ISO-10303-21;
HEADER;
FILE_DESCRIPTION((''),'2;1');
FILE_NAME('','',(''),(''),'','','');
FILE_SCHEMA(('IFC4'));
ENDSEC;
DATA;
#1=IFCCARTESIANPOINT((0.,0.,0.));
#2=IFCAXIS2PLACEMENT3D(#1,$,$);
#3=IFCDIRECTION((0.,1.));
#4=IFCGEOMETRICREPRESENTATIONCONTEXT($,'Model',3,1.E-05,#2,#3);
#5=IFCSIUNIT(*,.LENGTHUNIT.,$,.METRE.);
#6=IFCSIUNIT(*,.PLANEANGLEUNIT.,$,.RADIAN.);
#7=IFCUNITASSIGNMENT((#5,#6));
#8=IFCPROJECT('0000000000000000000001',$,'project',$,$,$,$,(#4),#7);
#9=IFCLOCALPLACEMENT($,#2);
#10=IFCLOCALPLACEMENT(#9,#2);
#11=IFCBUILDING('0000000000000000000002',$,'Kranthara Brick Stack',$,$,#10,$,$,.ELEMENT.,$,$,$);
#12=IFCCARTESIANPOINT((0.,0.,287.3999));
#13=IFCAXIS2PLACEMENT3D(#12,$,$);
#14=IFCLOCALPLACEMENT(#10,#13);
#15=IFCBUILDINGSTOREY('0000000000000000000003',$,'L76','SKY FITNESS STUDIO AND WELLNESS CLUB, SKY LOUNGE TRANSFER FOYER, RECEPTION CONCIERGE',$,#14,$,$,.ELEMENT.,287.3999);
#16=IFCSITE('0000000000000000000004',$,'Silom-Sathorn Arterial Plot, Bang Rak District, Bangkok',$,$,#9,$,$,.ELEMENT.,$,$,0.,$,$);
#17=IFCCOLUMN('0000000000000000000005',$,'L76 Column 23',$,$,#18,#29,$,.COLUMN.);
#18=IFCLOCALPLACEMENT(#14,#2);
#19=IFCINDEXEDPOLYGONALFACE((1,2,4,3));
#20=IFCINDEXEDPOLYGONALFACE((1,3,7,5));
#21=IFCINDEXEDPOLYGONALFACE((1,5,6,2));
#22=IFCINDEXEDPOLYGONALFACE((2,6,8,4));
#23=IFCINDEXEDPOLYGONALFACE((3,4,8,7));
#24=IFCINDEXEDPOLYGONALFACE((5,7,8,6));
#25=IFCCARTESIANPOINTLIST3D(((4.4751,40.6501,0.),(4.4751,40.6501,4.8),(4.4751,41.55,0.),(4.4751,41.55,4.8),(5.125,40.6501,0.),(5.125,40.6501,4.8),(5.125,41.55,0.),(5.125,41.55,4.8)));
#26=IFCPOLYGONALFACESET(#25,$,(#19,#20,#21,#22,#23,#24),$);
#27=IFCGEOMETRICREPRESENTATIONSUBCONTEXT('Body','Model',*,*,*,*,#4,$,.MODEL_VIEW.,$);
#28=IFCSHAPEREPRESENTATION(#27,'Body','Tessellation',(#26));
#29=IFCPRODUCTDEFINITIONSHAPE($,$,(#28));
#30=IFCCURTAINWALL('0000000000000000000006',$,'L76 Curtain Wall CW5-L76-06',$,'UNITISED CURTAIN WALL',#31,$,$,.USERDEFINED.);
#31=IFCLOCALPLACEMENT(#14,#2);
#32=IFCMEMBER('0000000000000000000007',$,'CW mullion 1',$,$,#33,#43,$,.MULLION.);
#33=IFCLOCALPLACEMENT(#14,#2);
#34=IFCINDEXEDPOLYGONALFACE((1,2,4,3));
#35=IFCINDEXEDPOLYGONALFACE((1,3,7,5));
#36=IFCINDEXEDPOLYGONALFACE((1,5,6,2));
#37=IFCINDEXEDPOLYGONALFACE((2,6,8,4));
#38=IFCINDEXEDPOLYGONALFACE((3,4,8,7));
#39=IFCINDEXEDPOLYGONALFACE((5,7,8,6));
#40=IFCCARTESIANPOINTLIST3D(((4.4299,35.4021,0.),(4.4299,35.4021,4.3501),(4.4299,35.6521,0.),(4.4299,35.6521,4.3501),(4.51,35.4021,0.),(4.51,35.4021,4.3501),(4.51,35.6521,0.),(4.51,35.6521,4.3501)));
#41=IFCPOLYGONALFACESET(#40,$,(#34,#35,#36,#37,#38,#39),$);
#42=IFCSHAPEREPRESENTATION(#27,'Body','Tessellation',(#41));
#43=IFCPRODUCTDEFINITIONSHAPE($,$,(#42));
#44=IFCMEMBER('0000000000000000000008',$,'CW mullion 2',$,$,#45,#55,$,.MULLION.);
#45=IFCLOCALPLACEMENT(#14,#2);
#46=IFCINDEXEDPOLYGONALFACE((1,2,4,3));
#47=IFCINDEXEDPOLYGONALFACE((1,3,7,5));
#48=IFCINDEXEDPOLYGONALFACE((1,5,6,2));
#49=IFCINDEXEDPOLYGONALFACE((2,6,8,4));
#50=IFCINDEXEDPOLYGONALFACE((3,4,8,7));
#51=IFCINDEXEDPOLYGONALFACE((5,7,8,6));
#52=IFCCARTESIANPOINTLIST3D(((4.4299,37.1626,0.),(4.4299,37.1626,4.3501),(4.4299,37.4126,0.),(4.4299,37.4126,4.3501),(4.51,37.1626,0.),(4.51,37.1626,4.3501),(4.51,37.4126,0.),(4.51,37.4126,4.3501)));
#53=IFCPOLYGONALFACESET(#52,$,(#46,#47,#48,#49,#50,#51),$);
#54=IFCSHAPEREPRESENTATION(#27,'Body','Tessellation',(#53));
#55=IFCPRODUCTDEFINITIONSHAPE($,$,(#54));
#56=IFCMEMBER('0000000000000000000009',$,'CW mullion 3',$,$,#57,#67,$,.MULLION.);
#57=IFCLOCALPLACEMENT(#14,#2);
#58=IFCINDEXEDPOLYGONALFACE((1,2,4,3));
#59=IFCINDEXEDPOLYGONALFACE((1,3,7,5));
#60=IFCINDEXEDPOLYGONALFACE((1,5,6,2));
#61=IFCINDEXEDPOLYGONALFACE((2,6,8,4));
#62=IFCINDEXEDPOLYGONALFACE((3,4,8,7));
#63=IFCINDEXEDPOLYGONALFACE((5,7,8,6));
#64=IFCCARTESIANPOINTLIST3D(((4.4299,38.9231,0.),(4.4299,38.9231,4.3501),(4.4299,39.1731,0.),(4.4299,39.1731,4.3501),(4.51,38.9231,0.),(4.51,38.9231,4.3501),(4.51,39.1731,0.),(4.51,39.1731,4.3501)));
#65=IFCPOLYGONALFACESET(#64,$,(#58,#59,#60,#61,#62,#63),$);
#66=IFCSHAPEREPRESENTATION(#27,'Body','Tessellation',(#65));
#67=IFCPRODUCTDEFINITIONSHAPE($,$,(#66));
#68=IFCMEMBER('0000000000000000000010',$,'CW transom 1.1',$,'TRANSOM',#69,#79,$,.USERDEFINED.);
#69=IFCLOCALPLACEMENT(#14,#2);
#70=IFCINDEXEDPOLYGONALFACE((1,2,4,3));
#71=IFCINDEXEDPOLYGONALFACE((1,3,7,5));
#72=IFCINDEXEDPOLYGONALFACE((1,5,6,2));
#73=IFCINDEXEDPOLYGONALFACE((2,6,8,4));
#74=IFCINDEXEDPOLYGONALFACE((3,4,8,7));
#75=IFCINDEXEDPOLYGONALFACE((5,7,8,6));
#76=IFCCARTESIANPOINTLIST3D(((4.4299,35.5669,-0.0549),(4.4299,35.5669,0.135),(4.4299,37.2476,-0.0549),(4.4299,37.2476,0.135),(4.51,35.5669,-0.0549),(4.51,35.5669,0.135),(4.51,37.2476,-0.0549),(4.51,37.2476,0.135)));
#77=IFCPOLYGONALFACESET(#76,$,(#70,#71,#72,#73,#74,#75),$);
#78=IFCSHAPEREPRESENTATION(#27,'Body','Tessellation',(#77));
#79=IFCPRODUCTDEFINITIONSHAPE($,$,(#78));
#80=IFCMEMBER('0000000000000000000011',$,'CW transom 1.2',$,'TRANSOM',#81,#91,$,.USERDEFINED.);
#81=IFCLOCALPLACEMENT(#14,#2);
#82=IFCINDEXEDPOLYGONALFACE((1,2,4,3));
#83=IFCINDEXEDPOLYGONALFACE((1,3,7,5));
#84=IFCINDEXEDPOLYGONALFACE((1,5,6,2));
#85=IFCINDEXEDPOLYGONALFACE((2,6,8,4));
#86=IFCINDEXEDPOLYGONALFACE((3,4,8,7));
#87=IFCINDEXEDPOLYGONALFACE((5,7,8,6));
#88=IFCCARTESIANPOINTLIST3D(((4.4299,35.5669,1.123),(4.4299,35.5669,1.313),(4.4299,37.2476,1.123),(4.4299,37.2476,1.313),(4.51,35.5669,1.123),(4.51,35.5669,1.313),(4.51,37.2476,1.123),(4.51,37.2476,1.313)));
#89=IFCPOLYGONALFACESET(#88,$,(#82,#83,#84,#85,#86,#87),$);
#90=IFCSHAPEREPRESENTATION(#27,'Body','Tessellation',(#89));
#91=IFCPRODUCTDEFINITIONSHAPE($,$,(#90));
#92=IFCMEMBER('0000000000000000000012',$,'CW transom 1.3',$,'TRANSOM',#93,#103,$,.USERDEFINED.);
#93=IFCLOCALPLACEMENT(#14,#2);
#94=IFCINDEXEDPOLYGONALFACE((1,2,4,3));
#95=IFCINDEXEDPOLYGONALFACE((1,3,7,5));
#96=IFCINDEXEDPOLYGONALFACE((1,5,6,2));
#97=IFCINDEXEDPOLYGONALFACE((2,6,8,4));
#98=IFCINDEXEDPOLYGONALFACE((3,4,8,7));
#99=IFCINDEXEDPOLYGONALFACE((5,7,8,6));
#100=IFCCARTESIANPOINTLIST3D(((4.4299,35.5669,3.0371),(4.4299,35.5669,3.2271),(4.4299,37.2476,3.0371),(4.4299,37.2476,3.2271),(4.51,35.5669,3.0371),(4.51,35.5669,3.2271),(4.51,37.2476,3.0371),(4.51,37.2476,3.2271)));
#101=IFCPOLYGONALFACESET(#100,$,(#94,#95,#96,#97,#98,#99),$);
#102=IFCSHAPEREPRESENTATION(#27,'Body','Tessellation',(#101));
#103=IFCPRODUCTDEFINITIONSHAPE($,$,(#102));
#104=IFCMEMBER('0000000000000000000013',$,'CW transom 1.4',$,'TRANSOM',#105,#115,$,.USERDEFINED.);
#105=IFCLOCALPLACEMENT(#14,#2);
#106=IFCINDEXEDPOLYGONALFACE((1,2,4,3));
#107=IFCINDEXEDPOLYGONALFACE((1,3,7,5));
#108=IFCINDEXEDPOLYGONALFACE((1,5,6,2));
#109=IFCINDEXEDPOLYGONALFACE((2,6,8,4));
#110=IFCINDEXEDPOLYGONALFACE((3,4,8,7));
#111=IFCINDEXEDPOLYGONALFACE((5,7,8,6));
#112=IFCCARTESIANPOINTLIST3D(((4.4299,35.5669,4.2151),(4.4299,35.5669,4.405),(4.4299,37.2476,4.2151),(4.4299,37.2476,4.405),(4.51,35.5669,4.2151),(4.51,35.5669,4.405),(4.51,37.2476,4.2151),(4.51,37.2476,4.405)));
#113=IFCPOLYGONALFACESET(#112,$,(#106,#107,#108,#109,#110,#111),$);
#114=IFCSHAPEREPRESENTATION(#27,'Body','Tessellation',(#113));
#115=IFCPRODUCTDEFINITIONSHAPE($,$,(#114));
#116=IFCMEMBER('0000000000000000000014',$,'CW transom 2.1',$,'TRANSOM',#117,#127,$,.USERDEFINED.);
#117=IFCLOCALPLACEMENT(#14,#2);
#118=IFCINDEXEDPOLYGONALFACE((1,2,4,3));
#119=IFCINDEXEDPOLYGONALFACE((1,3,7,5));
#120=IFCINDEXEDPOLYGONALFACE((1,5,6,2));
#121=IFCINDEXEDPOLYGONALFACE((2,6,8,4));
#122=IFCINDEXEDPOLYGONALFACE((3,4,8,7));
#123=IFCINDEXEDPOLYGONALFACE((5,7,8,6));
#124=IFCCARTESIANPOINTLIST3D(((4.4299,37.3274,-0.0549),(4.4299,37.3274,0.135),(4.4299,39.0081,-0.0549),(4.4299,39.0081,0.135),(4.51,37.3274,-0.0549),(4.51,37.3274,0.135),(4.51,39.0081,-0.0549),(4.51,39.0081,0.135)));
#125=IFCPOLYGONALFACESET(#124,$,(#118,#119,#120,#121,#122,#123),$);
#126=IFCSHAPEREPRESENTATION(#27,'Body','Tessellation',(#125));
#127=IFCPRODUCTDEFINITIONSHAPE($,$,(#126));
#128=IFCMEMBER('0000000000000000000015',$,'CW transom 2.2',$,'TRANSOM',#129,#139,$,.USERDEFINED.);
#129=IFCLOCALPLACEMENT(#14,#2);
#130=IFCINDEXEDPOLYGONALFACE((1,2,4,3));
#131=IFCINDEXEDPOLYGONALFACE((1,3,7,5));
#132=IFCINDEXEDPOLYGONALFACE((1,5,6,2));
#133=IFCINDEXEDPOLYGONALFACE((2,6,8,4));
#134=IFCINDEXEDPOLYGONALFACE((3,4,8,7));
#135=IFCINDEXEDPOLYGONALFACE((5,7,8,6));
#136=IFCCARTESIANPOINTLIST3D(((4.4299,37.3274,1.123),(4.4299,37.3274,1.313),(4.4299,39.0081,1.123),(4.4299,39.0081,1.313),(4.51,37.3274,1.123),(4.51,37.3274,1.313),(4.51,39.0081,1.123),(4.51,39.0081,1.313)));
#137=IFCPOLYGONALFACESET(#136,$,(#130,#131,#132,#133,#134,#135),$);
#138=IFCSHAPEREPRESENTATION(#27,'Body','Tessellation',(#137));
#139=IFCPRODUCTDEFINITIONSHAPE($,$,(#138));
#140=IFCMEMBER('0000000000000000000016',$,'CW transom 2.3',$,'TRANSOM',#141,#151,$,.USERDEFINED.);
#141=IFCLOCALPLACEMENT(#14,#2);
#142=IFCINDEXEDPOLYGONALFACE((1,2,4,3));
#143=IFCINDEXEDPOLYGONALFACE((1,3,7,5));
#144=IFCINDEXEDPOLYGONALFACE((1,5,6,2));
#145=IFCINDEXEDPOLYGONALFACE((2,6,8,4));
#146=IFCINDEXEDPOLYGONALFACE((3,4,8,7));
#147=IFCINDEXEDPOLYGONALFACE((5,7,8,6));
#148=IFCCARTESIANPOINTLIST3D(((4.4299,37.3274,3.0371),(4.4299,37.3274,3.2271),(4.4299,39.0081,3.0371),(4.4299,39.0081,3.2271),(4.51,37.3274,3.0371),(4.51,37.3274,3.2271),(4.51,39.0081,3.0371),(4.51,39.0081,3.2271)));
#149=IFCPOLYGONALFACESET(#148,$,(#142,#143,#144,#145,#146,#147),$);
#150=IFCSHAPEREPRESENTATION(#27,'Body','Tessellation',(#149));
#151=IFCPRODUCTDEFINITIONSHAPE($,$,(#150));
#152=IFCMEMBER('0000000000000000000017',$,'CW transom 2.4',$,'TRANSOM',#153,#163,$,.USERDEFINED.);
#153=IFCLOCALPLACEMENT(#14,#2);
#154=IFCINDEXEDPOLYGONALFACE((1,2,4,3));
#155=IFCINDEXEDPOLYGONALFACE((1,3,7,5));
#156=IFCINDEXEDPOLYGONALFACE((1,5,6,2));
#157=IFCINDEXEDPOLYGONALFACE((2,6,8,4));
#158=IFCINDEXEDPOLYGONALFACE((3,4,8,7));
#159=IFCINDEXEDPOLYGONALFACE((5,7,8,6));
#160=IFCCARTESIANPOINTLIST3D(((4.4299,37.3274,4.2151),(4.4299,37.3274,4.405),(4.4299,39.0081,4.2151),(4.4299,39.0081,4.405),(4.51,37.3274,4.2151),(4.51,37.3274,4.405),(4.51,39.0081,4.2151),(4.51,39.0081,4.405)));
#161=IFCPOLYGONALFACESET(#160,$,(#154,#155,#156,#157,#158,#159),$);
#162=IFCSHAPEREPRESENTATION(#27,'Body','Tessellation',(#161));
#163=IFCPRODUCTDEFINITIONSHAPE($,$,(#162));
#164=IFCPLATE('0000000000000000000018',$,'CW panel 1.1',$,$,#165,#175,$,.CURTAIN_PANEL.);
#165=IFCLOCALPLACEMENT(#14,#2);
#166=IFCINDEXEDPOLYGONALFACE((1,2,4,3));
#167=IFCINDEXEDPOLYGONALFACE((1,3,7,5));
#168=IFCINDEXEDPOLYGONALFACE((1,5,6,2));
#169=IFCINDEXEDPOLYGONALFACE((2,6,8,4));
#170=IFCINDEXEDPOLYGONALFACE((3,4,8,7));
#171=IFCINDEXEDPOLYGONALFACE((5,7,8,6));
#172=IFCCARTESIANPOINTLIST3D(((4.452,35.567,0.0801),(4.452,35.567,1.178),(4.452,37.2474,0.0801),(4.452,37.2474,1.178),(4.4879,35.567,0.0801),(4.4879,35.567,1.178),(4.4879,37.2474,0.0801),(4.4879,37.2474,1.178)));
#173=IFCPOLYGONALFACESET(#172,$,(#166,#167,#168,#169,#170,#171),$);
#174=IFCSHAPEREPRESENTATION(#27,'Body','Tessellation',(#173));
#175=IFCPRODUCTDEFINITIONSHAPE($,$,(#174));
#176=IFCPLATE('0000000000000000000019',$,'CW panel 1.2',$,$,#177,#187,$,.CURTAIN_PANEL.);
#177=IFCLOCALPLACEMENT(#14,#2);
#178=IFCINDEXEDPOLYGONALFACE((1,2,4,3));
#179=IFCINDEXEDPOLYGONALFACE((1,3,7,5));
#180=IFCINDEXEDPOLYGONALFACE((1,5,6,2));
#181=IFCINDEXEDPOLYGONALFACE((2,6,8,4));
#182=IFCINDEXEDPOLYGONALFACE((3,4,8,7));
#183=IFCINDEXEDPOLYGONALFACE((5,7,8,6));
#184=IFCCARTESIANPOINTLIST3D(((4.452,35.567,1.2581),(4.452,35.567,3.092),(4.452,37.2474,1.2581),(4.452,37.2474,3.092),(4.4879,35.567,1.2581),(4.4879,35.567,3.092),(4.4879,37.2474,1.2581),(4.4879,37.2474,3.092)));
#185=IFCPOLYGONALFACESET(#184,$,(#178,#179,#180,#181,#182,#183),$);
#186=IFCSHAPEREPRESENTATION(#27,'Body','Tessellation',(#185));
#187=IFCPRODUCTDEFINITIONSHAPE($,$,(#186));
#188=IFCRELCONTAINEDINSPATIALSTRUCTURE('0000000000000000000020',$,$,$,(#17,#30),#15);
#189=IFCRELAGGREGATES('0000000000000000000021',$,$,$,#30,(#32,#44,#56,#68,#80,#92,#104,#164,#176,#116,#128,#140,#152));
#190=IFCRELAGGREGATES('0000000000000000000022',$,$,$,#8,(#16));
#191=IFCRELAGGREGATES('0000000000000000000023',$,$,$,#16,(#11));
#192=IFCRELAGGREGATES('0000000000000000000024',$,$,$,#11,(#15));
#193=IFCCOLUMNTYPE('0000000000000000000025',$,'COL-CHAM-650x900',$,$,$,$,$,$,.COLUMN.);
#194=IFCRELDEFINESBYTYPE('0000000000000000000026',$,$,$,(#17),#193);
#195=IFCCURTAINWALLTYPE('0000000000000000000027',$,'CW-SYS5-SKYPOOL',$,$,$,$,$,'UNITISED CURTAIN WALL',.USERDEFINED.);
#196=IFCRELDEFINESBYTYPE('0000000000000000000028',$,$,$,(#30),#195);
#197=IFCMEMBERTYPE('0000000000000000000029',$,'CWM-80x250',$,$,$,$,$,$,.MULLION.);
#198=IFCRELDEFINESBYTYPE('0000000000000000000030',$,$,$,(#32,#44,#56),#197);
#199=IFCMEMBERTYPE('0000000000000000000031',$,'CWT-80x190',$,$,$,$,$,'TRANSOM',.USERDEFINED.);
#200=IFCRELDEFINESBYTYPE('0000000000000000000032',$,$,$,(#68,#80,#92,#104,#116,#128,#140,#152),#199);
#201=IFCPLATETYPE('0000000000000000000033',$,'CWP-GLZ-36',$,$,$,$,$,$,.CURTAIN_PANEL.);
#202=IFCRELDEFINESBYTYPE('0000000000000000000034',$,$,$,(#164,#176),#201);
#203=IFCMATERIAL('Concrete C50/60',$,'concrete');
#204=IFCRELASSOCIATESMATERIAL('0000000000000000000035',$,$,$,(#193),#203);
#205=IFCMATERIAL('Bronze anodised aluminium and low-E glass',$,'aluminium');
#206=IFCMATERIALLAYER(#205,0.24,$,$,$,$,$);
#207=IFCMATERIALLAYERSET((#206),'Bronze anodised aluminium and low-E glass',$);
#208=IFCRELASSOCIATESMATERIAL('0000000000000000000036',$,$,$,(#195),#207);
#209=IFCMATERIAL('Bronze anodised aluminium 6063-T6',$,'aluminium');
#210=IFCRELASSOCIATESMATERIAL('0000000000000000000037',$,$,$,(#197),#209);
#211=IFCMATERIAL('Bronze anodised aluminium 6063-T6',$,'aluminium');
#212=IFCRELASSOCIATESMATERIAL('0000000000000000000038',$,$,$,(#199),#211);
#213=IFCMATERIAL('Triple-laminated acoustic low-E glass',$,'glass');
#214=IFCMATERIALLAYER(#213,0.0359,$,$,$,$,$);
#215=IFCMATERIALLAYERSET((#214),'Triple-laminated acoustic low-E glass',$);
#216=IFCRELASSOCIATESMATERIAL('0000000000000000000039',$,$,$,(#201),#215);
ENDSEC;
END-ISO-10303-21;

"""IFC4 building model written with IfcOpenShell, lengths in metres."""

from ifc_helpers import new_model, si_unit, direction, frame, origin, origin_2d, place, context, subcontext, project, spatial, rectangle, extrude, material, layer, layer_set, material_profile, profile_set, type_object, element, aggregate, save


model = new_model("IFC4")

# Units and contexts
model_context = context("Model", 3, precision=1e-05, world=origin(), true_north=direction((0.0, 1.0)))
body_context = subcontext(model_context, "Body", "Model", "MODEL_VIEW")
ifc_project = project(units=[si_unit("LENGTHUNIT", "METRE"), si_unit("PLANEANGLEUNIT", "RADIAN")], contexts=[model_context])

# Site, building, storey
site_placement = place(None, origin())
site = spatial("IfcSite", under=ifc_project, at=site_placement, Name="Silom-Sathorn Arterial Plot, Bang Rak District, Bangkok", CompositionType="ELEMENT", RefElevation=0.0)
building_placement = place(site_placement, origin())
building = spatial("IfcBuilding", under=site, at=building_placement, Name="Kranthara Brick Stack", CompositionType="ELEMENT")
storey_placement = place(building_placement, frame((0.0, 0.0, 287.3999)))
storey = spatial("IfcBuildingStorey", under=building, at=storey_placement, Name="L76", Description="SKY FITNESS STUDIO AND WELLNESS CLUB, SKY LOUNGE TRANSFER FOYER, RECEPTION CONCIERGE", CompositionType="ELEMENT", Elevation=287.3999)

# Column
ifc_material_1 = material(Name="Concrete C50/60", Category="concrete")
ifc_material_profile_1 = material_profile(ifc_material_1, rectangle(XDim=0.6499, YDim=0.8999, at=origin_2d()), Name="RC 650x900")
ifc_profile_set_1 = profile_set([ifc_material_profile_1], Name="Concrete C50/60")
column_type = type_object("IfcColumnType", Name="COL-CHAM-650x900", PredefinedType="COLUMN", material=ifc_profile_set_1)
column_placement = place(storey_placement, frame((4.8, 41.1001, 0.0), z_axis=(0.0, 0.0, 1.0), x_axis=(1.0, 0.0, 0.0)))
element("IfcColumn", 1, at=column_placement, inside=storey, type_object=column_type, Name="L76 Column 23", PredefinedType="COLUMN", context=body_context, shape_type="SweptSolid", body=[
    extrude(rectangle(XDim=0.6499, YDim=0.8999, at=origin_2d()), origin(), (0.0, 0.0, 1.0), 4.8),
])

# Curtain wall, members, plates
ifc_material_2 = material(Name="Bronze anodised aluminium and low-E glass", Category="aluminium")
ifc_layer_1 = layer(ifc_material_2, 0.24)
ifc_layer_set_1 = layer_set([ifc_layer_1], Name="Bronze anodised aluminium and low-E glass")
curtain_wall_type = type_object("IfcCurtainWallType", Name="CW-SYS5-SKYPOOL", ElementType="UNITISED CURTAIN WALL", PredefinedType="USERDEFINED", material=ifc_layer_set_1)
curtain_wall_placement = place(storey_placement, origin())
curtain_wall = element("IfcCurtainWall", 2, at=curtain_wall_placement, inside=storey, type_object=curtain_wall_type, Name="L76 Curtain Wall CW5-L76-06", ObjectType="UNITISED CURTAIN WALL", PredefinedType="USERDEFINED")
ifc_material_3 = material(Name="Bronze anodised aluminium 6063-T6", Category="aluminium")
ifc_material_profile_2 = material_profile(ifc_material_3, rectangle(XDim=0.0801, YDim=0.25, at=origin_2d()), Name="ALU MULLION 80x250")
ifc_profile_set_2 = profile_set([ifc_material_profile_2], Name="Bronze anodised aluminium 6063-T6")
member_type_1 = type_object("IfcMemberType", Name="CWM-80x250", PredefinedType="MULLION", material=ifc_profile_set_2)
member_1_placement = place(storey_placement, frame((4.47, 35.5271, 0.0), z_axis=(0.0, 0.0, 1.0), x_axis=(-1.0, 0.0, 0.0)))
member_1 = element("IfcMember", 3, at=member_1_placement, type_object=member_type_1, Name="CW mullion 1", PredefinedType="MULLION", context=body_context, shape_type="SweptSolid", body=[
    extrude(rectangle(XDim=0.0801, YDim=0.25, at=origin_2d()), origin(), (0.0, 0.0, 1.0), 4.3501),
])
member_2_placement = place(storey_placement, frame((4.47, 37.2876, 0.0), z_axis=(0.0, 0.0, 1.0), x_axis=(-1.0, 0.0, 0.0)))
member_2 = element("IfcMember", 4, at=member_2_placement, type_object=member_type_1, Name="CW mullion 2", PredefinedType="MULLION", context=body_context, shape_type="SweptSolid", body=[
    extrude(rectangle(XDim=0.0801, YDim=0.25, at=origin_2d()), origin(), (0.0, 0.0, 1.0), 4.3501),
])
member_3_placement = place(storey_placement, frame((4.47, 39.0481, 0.0), z_axis=(0.0, 0.0, 1.0), x_axis=(-1.0, 0.0, 0.0)))
member_3 = element("IfcMember", 5, at=member_3_placement, type_object=member_type_1, Name="CW mullion 3", PredefinedType="MULLION", context=body_context, shape_type="SweptSolid", body=[
    extrude(rectangle(XDim=0.0801, YDim=0.25, at=origin_2d()), origin(), (0.0, 0.0, 1.0), 4.3501),
])
ifc_material_4 = material(Name="Bronze anodised aluminium 6063-T6", Category="aluminium")
ifc_material_profile_3 = material_profile(ifc_material_4, rectangle(XDim=0.0801, YDim=0.1899, at=origin_2d()), Name="ALU TRANSOM 80x190")
ifc_profile_set_3 = profile_set([ifc_material_profile_3], Name="Bronze anodised aluminium 6063-T6")
member_type_2 = type_object("IfcMemberType", Name="CWT-80x190", ElementType="TRANSOM", PredefinedType="USERDEFINED", material=ifc_profile_set_3)
member_4_placement = place(storey_placement, frame((4.47, 35.5669, 0.04), z_axis=(0.0, 1.0, 0.0), x_axis=(-1.0, 0.0, 0.0)))
member_4 = element("IfcMember", 6, at=member_4_placement, type_object=member_type_2, Name="CW transom 1.1", ObjectType="TRANSOM", PredefinedType="USERDEFINED", context=body_context, shape_type="SweptSolid", body=[
    extrude(rectangle(XDim=0.0801, YDim=0.1899, at=origin_2d()), origin(), (0.0, 0.0, 1.0), 1.6807),
])
member_5_placement = place(storey_placement, frame((4.47, 35.5669, 1.218), z_axis=(0.0, 1.0, 0.0), x_axis=(-1.0, 0.0, 0.0)))
member_5 = element("IfcMember", 7, at=member_5_placement, type_object=member_type_2, Name="CW transom 1.2", ObjectType="TRANSOM", PredefinedType="USERDEFINED", context=body_context, shape_type="SweptSolid", body=[
    extrude(rectangle(XDim=0.0801, YDim=0.1899, at=origin_2d()), origin(), (0.0, 0.0, 1.0), 1.6807),
])
member_6_placement = place(storey_placement, frame((4.47, 35.5669, 3.1321), z_axis=(0.0, 1.0, 0.0), x_axis=(-1.0, 0.0, 0.0)))
member_6 = element("IfcMember", 8, at=member_6_placement, type_object=member_type_2, Name="CW transom 1.3", ObjectType="TRANSOM", PredefinedType="USERDEFINED", context=body_context, shape_type="SweptSolid", body=[
    extrude(rectangle(XDim=0.0801, YDim=0.1899, at=origin_2d()), origin(), (0.0, 0.0, 1.0), 1.6807),
])
member_7_placement = place(storey_placement, frame((4.47, 35.5669, 4.3101), z_axis=(0.0, 1.0, 0.0), x_axis=(-1.0, 0.0, 0.0)))
member_7 = element("IfcMember", 9, at=member_7_placement, type_object=member_type_2, Name="CW transom 1.4", ObjectType="TRANSOM", PredefinedType="USERDEFINED", context=body_context, shape_type="SweptSolid", body=[
    extrude(rectangle(XDim=0.0801, YDim=0.1899, at=origin_2d()), origin(), (0.0, 0.0, 1.0), 1.6807),
])
member_8_placement = place(storey_placement, frame((4.47, 37.3274, 0.04), z_axis=(0.0, 1.0, 0.0), x_axis=(-1.0, 0.0, 0.0)))
member_8 = element("IfcMember", 10, at=member_8_placement, type_object=member_type_2, Name="CW transom 2.1", ObjectType="TRANSOM", PredefinedType="USERDEFINED", context=body_context, shape_type="SweptSolid", body=[
    extrude(rectangle(XDim=0.0801, YDim=0.1899, at=origin_2d()), origin(), (0.0, 0.0, 1.0), 1.6807),
])
member_9_placement = place(storey_placement, frame((4.47, 37.3274, 1.218), z_axis=(0.0, 1.0, 0.0), x_axis=(-1.0, 0.0, 0.0)))
member_9 = element("IfcMember", 11, at=member_9_placement, type_object=member_type_2, Name="CW transom 2.2", ObjectType="TRANSOM", PredefinedType="USERDEFINED", context=body_context, shape_type="SweptSolid", body=[
    extrude(rectangle(XDim=0.0801, YDim=0.1899, at=origin_2d()), origin(), (0.0, 0.0, 1.0), 1.6807),
])
member_10_placement = place(storey_placement, frame((4.47, 37.3274, 3.1321), z_axis=(0.0, 1.0, 0.0), x_axis=(-1.0, 0.0, 0.0)))
member_10 = element("IfcMember", 12, at=member_10_placement, type_object=member_type_2, Name="CW transom 2.3", ObjectType="TRANSOM", PredefinedType="USERDEFINED", context=body_context, shape_type="SweptSolid", body=[
    extrude(rectangle(XDim=0.0801, YDim=0.1899, at=origin_2d()), origin(), (0.0, 0.0, 1.0), 1.6807),
])
member_11_placement = place(storey_placement, frame((4.47, 37.3274, 4.3101), z_axis=(0.0, 1.0, 0.0), x_axis=(-1.0, 0.0, 0.0)))
member_11 = element("IfcMember", 13, at=member_11_placement, type_object=member_type_2, Name="CW transom 2.4", ObjectType="TRANSOM", PredefinedType="USERDEFINED", context=body_context, shape_type="SweptSolid", body=[
    extrude(rectangle(XDim=0.0801, YDim=0.1899, at=origin_2d()), origin(), (0.0, 0.0, 1.0), 1.6807),
])
ifc_material_5 = material(Name="Triple-laminated acoustic low-E glass", Category="glass")
ifc_layer_2 = layer(ifc_material_5, 0.0359)
ifc_layer_set_2 = layer_set([ifc_layer_2], Name="Triple-laminated acoustic low-E glass")
plate_type = type_object("IfcPlateType", Name="CWP-GLZ-36", PredefinedType="CURTAIN_PANEL", material=ifc_layer_set_2)
plate_1_placement = place(storey_placement, frame((4.47, 36.4072, 0.0801), z_axis=(0.0, 0.0, 1.0), x_axis=(0.0, 1.0, 0.0)))
plate_1 = element("IfcPlate", 14, at=plate_1_placement, type_object=plate_type, Name="CW panel 1.1", PredefinedType="CURTAIN_PANEL", context=body_context, shape_type="SweptSolid", body=[
    extrude(rectangle(XDim=1.6804, YDim=0.0359, at=origin_2d()), origin(), (0.0, 0.0, 1.0), 1.0979),
])
plate_2_placement = place(storey_placement, frame((4.47, 36.4072, 1.2581), z_axis=(0.0, 0.0, 1.0), x_axis=(0.0, 1.0, 0.0)))
plate_2 = element("IfcPlate", 15, at=plate_2_placement, type_object=plate_type, Name="CW panel 1.2", PredefinedType="CURTAIN_PANEL", context=body_context, shape_type="SweptSolid", body=[
    extrude(rectangle(XDim=1.6804, YDim=0.0359, at=origin_2d()), origin(), (0.0, 0.0, 1.0), 1.834),
])
aggregate(curtain_wall, [member_1, member_2, member_3, member_4, member_5, member_6, member_7, plate_1, plate_2, member_8, member_9, member_10, member_11])

save(model, "model.ifc")
